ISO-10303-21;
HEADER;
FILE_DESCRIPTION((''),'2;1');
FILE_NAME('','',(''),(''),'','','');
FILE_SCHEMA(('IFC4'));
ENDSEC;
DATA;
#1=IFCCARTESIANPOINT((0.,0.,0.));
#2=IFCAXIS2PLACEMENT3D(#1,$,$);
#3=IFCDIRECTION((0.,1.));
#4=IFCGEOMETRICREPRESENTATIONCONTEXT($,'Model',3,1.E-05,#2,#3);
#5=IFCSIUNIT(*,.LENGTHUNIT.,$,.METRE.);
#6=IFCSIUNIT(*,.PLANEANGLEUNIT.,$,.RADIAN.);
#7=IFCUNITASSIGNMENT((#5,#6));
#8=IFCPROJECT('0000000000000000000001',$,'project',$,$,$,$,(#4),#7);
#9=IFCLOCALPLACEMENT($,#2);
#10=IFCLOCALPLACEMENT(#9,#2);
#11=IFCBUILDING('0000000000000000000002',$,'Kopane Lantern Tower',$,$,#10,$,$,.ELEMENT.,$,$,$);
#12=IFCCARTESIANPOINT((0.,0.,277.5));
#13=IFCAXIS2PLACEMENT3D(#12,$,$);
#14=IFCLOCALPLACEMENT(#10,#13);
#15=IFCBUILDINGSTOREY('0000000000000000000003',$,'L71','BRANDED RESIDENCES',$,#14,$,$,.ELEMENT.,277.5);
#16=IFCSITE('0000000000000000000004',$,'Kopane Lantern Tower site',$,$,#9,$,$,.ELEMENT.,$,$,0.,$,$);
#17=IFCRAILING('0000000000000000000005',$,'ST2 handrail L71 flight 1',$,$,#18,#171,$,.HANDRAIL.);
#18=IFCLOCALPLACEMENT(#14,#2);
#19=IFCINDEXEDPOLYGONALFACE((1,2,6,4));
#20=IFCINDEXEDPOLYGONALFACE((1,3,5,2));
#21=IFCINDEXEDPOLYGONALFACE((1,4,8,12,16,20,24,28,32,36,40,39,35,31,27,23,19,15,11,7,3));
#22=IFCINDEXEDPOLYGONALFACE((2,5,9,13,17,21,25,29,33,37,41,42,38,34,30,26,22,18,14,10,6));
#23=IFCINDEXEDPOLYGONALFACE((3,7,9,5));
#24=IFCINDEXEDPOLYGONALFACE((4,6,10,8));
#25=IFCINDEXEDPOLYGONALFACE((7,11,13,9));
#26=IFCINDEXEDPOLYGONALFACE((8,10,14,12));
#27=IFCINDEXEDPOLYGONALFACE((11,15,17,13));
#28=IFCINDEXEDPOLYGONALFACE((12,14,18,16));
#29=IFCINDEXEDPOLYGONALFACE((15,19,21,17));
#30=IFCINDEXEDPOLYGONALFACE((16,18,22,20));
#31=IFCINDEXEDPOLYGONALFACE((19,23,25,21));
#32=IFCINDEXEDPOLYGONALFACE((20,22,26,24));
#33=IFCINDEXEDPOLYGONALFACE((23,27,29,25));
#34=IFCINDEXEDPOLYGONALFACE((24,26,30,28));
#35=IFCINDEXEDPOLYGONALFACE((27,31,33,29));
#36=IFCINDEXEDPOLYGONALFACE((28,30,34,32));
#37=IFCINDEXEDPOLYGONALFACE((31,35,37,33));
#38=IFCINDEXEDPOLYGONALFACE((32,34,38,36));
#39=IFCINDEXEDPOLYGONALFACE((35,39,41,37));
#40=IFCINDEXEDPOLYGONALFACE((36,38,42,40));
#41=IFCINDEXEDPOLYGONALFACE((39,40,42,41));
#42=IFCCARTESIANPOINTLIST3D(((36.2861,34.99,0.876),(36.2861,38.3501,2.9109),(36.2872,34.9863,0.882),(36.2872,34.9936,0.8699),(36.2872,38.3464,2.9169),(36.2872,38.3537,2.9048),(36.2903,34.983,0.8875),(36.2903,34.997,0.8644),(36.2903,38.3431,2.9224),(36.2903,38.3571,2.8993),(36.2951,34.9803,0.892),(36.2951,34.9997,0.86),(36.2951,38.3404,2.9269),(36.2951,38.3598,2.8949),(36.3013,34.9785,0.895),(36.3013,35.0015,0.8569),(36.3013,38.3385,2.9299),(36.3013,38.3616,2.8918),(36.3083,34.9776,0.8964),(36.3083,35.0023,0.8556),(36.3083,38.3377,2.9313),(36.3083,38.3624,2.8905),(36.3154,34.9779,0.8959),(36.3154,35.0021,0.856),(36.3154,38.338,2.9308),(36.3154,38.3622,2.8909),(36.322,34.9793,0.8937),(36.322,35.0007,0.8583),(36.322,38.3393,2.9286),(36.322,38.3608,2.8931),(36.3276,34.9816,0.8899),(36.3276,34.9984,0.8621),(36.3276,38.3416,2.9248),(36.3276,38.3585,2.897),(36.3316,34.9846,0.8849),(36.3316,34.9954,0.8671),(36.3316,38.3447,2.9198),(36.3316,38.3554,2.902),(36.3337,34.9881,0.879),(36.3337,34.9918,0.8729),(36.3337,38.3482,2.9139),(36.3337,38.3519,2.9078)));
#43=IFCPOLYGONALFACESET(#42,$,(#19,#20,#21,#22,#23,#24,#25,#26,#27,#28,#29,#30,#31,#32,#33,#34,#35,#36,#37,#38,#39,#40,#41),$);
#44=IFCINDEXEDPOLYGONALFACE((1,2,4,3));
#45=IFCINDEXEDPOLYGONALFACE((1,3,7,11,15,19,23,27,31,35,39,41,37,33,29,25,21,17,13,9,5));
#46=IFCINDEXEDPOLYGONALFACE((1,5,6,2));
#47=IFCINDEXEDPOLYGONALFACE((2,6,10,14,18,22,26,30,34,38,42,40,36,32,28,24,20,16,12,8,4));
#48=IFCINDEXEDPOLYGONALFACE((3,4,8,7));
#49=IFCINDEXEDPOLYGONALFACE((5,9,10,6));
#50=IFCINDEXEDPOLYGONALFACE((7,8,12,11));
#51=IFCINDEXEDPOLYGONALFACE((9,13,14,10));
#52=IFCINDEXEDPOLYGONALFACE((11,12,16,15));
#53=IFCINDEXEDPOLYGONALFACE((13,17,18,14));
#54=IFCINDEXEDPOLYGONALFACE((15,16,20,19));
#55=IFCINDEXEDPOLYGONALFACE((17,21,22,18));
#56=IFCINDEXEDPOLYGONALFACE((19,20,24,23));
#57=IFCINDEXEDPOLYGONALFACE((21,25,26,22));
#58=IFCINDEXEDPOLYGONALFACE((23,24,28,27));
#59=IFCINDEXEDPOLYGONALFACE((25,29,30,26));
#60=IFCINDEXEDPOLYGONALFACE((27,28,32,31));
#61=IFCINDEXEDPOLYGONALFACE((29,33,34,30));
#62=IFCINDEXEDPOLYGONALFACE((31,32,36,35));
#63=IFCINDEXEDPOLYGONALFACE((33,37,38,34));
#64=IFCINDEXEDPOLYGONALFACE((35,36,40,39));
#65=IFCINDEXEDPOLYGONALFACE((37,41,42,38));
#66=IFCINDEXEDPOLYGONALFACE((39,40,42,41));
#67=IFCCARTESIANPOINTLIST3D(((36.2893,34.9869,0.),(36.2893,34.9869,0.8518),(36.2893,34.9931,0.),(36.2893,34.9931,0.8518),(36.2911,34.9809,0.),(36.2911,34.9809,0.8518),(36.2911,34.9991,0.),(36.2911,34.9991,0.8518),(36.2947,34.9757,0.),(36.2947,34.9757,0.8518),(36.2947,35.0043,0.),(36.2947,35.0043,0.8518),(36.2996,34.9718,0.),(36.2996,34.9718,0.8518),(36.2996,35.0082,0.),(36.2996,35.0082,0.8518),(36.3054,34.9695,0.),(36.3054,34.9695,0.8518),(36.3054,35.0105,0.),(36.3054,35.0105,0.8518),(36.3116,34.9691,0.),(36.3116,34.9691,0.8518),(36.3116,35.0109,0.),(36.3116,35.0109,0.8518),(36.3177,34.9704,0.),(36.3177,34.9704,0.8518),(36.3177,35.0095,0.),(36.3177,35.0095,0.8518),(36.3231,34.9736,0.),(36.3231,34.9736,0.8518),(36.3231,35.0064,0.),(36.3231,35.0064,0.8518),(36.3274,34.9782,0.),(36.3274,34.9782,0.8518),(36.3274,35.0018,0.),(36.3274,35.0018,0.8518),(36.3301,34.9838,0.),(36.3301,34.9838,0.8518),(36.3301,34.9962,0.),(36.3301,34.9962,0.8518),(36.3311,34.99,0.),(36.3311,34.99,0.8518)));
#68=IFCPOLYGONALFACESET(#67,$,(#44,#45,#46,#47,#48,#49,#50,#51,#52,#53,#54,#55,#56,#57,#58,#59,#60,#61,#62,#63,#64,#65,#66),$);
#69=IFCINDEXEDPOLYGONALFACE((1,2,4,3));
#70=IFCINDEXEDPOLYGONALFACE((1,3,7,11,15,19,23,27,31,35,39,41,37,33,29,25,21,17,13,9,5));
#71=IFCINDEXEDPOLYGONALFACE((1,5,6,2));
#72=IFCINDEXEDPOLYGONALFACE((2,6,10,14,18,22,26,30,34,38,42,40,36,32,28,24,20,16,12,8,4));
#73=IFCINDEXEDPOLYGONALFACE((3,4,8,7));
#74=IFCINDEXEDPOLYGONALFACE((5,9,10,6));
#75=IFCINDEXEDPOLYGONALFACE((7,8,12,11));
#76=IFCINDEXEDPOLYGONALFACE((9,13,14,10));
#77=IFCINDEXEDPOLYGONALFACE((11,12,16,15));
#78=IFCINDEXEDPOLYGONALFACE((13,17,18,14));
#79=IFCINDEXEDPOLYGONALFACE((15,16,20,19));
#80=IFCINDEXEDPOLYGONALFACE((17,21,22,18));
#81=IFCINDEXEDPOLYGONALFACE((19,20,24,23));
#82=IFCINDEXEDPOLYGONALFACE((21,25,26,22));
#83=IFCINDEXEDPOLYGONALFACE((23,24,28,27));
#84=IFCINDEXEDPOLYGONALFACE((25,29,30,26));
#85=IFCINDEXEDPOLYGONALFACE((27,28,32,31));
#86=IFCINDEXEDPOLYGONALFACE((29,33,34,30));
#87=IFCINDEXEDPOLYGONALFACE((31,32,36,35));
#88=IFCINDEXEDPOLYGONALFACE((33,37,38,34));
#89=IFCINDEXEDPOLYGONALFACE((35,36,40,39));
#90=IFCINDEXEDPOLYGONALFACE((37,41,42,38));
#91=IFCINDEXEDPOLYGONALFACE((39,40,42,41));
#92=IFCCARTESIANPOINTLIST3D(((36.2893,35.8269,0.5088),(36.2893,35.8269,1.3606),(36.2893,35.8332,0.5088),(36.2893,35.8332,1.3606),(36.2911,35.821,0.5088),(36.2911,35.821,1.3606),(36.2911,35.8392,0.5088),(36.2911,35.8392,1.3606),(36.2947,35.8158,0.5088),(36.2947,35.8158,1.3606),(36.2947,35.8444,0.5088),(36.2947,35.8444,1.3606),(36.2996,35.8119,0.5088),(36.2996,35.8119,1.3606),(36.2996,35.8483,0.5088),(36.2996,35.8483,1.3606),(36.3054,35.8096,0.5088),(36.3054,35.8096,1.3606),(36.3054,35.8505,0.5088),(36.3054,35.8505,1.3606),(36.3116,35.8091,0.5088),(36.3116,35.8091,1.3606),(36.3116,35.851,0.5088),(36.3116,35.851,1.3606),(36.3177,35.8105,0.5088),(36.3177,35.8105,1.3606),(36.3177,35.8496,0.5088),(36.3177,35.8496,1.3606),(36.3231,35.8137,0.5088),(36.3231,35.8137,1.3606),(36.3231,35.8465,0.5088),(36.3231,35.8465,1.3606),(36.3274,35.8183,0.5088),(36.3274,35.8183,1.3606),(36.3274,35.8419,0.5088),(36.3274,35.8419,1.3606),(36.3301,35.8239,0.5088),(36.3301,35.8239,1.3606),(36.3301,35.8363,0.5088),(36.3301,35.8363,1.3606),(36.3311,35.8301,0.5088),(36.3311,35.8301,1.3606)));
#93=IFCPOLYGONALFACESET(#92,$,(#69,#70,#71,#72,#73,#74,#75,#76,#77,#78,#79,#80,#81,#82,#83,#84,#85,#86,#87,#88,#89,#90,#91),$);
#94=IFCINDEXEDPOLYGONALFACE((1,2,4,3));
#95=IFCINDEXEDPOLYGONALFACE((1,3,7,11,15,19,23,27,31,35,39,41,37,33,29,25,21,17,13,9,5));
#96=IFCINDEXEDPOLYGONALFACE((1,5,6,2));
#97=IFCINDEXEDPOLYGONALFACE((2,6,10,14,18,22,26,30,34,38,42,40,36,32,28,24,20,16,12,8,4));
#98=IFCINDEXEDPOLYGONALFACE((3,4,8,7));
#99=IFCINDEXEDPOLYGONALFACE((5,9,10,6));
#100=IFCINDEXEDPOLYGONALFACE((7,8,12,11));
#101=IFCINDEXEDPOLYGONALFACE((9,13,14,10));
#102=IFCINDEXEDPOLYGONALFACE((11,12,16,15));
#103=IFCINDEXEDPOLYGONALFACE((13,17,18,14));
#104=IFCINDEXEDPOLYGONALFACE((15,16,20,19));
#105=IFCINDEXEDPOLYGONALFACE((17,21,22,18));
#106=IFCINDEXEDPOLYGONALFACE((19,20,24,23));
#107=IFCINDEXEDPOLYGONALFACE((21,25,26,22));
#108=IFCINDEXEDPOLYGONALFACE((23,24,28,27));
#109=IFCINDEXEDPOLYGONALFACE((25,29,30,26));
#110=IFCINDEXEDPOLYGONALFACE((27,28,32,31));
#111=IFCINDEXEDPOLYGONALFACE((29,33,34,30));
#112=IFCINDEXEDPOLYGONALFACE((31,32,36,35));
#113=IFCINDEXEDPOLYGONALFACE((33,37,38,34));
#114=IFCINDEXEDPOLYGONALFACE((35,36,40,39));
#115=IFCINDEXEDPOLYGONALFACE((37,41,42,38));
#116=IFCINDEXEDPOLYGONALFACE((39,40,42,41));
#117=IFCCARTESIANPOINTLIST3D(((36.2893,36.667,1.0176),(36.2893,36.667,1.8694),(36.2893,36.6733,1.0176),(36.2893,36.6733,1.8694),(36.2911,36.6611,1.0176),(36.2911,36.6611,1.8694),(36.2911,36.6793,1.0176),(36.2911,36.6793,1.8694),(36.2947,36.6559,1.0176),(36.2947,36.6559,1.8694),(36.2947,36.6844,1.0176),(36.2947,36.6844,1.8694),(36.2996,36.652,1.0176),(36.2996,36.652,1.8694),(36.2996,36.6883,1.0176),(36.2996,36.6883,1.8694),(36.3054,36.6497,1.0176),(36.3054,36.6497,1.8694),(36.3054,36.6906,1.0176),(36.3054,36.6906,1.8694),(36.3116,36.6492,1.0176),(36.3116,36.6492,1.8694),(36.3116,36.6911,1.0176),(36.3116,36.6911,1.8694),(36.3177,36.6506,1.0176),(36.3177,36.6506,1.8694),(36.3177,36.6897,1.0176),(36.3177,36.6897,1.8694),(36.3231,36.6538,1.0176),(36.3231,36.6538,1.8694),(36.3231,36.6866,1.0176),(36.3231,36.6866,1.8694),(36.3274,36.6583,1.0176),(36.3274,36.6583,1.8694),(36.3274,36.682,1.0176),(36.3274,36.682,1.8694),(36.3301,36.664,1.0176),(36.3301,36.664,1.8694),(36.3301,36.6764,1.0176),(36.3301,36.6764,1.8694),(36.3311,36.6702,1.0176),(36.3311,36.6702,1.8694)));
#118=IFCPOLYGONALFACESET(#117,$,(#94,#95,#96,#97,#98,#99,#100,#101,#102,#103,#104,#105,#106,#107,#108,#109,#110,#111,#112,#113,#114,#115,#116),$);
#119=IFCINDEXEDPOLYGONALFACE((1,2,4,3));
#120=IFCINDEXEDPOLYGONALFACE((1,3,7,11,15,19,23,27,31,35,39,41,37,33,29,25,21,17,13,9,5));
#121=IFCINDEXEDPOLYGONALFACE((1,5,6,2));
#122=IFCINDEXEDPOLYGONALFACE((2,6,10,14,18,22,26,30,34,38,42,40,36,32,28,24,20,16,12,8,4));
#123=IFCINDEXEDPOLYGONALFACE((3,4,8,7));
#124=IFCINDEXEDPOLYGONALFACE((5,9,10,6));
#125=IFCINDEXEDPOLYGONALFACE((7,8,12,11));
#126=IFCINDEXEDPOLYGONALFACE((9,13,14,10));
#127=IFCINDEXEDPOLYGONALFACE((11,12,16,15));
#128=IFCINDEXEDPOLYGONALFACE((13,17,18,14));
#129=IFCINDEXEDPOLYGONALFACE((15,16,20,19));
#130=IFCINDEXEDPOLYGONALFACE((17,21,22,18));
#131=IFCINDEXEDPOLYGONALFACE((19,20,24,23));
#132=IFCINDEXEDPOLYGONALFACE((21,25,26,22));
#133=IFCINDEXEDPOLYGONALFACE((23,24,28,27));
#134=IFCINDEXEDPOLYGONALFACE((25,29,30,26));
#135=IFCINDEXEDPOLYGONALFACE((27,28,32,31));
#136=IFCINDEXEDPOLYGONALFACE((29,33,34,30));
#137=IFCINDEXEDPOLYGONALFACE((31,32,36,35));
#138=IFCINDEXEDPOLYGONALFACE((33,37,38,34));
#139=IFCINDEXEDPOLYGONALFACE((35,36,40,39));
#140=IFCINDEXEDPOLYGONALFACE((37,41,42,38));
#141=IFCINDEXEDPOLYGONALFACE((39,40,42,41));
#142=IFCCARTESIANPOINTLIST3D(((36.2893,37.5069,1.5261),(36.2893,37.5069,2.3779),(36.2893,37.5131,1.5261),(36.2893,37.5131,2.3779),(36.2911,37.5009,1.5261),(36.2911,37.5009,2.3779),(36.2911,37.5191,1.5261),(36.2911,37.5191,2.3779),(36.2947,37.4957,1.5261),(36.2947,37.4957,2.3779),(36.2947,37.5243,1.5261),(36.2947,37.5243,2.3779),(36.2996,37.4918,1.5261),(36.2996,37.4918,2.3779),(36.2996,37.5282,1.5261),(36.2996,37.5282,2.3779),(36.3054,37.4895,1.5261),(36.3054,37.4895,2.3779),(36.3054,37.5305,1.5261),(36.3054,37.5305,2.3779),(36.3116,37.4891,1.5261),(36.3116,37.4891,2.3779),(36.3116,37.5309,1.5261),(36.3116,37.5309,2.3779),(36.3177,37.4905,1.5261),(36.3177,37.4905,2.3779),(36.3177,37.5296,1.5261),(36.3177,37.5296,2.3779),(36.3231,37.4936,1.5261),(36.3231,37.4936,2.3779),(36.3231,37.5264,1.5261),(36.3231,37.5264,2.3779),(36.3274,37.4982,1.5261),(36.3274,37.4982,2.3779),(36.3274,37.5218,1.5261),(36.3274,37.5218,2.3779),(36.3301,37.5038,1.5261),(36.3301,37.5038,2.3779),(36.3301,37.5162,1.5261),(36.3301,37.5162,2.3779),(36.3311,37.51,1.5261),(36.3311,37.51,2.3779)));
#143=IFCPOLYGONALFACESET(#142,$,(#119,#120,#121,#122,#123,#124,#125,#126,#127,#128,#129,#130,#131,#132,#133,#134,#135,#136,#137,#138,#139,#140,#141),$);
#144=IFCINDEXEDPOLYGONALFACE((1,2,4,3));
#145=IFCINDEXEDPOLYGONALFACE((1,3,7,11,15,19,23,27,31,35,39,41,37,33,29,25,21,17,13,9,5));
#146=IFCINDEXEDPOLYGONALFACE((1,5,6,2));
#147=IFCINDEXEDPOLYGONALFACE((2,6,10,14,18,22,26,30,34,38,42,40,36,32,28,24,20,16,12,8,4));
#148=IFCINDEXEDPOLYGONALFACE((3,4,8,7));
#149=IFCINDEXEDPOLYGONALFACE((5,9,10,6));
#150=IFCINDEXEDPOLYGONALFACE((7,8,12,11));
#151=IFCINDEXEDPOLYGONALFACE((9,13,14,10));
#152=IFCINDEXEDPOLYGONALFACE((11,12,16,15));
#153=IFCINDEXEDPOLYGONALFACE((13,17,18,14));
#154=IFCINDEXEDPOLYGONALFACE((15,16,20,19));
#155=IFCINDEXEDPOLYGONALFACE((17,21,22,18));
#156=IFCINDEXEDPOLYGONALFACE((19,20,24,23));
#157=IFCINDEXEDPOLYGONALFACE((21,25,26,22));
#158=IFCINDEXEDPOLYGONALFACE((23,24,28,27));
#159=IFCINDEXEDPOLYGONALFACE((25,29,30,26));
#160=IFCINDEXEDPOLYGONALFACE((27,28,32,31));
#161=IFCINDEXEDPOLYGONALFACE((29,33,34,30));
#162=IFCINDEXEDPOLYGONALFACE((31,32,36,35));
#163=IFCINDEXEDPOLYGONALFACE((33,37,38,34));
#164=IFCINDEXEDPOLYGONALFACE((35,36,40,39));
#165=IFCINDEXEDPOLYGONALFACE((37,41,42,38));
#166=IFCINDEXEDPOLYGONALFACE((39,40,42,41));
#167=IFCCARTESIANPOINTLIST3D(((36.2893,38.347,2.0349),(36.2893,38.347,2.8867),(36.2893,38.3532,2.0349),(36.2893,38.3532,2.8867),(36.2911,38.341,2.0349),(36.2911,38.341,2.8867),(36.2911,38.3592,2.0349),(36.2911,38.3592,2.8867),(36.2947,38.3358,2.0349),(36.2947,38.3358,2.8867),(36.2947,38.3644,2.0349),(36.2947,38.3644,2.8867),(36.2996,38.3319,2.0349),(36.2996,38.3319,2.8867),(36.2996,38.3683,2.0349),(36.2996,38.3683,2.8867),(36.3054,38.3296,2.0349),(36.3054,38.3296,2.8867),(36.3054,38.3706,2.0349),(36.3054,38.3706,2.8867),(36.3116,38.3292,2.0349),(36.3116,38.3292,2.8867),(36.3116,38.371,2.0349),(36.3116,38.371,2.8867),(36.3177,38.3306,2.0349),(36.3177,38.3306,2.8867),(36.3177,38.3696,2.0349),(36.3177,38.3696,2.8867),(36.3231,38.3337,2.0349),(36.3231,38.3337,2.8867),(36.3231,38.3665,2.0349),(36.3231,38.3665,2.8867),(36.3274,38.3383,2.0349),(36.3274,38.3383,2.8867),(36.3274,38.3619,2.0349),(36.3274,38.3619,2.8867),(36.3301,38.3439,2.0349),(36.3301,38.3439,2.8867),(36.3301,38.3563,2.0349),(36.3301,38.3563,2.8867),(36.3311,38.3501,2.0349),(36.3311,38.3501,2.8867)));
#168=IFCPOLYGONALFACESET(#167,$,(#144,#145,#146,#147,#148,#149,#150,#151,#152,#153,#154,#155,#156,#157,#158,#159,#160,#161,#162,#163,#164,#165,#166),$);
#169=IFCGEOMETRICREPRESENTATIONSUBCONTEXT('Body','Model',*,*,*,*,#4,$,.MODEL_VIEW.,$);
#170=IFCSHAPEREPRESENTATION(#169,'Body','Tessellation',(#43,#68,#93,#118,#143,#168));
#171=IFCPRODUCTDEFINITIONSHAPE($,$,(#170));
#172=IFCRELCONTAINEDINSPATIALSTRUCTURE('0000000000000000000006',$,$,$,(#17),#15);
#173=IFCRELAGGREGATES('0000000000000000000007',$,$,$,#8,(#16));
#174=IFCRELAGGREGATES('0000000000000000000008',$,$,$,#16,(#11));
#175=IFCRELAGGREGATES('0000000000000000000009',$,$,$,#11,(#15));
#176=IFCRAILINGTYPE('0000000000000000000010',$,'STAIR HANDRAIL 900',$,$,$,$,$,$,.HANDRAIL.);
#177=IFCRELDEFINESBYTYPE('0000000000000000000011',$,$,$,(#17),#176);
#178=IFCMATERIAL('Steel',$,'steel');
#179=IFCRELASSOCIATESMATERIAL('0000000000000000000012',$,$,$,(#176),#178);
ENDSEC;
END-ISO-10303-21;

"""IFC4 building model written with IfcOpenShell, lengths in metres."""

from ifc_helpers import new_model, si_unit, direction, frame, origin, origin_2d, place, context, subcontext, project, spatial, circle, extrude, material, type_object, element, save


model = new_model("IFC4")

# Units and contexts
model_context = context("Model", 3, precision=1e-05, world=origin(), true_north=direction((0.0, 1.0)))
body_context = subcontext(model_context, "Body", "Model", "MODEL_VIEW")
ifc_project = project(units=[si_unit("LENGTHUNIT", "METRE"), si_unit("PLANEANGLEUNIT", "RADIAN")], contexts=[model_context])

# Site, building, storey
site_placement = place(None, origin())
site = spatial("IfcSite", under=ifc_project, at=site_placement, Name="Kopane Lantern Tower site", CompositionType="ELEMENT", RefElevation=0.0)
building_placement = place(site_placement, origin())
building = spatial("IfcBuilding", under=site, at=building_placement, Name="Kopane Lantern Tower", CompositionType="ELEMENT")
storey_placement = place(building_placement, frame((0.0, 0.0, 277.5)))
storey = spatial("IfcBuildingStorey", under=building, at=storey_placement, Name="L71", Description="BRANDED RESIDENCES", CompositionType="ELEMENT", Elevation=277.5)

# Railing
ifc_material_1 = material(Name="Steel", Category="steel")
railing_type_1 = type_object("IfcRailingType", Name="STAIR HANDRAIL 900", PredefinedType="HANDRAIL", material=ifc_material_1)
for number, where, name in (
    (1, (36.3101, 34.99, 0.0), "ST2 handrail L71 flight 1"),
):
    element("IfcRailing", number, at=place(storey_placement, frame(where)), inside=storey, type_object=railing_type_1, Name=name, PredefinedType="HANDRAIL", context=body_context, shape_type="SweptSolid", body=[
        extrude(circle(Radius=0.0239, at=origin_2d()), frame((0.0, 0.0, 0.876), z_axis=(0.0, 0.855369, 0.518019), x_axis=(-1.0, 0.0, 0.0)), (0.0, 0.0, 1.0), 3.9282),
        extrude(circle(Radius=0.021, at=origin_2d()), origin(), (0.0, 0.0, 1.0), 0.8518),
        extrude(circle(Radius=0.021, at=origin_2d()), frame((0.0, 0.8401, 0.5088)), (0.0, 0.0, 1.0), 0.8518),
        extrude(circle(Radius=0.021, at=origin_2d()), frame((0.0, 1.6802, 1.0176)), (0.0, 0.0, 1.0), 0.8518),
        extrude(circle(Radius=0.021, at=origin_2d()), frame((0.0, 2.52, 1.5261)), (0.0, 0.0, 1.0), 0.8518),
        extrude(circle(Radius=0.021, at=origin_2d()), frame((0.0, 3.3601, 2.0349)), (0.0, 0.0, 1.0), 0.8518),
    ])

save(model, "model.ifc")
